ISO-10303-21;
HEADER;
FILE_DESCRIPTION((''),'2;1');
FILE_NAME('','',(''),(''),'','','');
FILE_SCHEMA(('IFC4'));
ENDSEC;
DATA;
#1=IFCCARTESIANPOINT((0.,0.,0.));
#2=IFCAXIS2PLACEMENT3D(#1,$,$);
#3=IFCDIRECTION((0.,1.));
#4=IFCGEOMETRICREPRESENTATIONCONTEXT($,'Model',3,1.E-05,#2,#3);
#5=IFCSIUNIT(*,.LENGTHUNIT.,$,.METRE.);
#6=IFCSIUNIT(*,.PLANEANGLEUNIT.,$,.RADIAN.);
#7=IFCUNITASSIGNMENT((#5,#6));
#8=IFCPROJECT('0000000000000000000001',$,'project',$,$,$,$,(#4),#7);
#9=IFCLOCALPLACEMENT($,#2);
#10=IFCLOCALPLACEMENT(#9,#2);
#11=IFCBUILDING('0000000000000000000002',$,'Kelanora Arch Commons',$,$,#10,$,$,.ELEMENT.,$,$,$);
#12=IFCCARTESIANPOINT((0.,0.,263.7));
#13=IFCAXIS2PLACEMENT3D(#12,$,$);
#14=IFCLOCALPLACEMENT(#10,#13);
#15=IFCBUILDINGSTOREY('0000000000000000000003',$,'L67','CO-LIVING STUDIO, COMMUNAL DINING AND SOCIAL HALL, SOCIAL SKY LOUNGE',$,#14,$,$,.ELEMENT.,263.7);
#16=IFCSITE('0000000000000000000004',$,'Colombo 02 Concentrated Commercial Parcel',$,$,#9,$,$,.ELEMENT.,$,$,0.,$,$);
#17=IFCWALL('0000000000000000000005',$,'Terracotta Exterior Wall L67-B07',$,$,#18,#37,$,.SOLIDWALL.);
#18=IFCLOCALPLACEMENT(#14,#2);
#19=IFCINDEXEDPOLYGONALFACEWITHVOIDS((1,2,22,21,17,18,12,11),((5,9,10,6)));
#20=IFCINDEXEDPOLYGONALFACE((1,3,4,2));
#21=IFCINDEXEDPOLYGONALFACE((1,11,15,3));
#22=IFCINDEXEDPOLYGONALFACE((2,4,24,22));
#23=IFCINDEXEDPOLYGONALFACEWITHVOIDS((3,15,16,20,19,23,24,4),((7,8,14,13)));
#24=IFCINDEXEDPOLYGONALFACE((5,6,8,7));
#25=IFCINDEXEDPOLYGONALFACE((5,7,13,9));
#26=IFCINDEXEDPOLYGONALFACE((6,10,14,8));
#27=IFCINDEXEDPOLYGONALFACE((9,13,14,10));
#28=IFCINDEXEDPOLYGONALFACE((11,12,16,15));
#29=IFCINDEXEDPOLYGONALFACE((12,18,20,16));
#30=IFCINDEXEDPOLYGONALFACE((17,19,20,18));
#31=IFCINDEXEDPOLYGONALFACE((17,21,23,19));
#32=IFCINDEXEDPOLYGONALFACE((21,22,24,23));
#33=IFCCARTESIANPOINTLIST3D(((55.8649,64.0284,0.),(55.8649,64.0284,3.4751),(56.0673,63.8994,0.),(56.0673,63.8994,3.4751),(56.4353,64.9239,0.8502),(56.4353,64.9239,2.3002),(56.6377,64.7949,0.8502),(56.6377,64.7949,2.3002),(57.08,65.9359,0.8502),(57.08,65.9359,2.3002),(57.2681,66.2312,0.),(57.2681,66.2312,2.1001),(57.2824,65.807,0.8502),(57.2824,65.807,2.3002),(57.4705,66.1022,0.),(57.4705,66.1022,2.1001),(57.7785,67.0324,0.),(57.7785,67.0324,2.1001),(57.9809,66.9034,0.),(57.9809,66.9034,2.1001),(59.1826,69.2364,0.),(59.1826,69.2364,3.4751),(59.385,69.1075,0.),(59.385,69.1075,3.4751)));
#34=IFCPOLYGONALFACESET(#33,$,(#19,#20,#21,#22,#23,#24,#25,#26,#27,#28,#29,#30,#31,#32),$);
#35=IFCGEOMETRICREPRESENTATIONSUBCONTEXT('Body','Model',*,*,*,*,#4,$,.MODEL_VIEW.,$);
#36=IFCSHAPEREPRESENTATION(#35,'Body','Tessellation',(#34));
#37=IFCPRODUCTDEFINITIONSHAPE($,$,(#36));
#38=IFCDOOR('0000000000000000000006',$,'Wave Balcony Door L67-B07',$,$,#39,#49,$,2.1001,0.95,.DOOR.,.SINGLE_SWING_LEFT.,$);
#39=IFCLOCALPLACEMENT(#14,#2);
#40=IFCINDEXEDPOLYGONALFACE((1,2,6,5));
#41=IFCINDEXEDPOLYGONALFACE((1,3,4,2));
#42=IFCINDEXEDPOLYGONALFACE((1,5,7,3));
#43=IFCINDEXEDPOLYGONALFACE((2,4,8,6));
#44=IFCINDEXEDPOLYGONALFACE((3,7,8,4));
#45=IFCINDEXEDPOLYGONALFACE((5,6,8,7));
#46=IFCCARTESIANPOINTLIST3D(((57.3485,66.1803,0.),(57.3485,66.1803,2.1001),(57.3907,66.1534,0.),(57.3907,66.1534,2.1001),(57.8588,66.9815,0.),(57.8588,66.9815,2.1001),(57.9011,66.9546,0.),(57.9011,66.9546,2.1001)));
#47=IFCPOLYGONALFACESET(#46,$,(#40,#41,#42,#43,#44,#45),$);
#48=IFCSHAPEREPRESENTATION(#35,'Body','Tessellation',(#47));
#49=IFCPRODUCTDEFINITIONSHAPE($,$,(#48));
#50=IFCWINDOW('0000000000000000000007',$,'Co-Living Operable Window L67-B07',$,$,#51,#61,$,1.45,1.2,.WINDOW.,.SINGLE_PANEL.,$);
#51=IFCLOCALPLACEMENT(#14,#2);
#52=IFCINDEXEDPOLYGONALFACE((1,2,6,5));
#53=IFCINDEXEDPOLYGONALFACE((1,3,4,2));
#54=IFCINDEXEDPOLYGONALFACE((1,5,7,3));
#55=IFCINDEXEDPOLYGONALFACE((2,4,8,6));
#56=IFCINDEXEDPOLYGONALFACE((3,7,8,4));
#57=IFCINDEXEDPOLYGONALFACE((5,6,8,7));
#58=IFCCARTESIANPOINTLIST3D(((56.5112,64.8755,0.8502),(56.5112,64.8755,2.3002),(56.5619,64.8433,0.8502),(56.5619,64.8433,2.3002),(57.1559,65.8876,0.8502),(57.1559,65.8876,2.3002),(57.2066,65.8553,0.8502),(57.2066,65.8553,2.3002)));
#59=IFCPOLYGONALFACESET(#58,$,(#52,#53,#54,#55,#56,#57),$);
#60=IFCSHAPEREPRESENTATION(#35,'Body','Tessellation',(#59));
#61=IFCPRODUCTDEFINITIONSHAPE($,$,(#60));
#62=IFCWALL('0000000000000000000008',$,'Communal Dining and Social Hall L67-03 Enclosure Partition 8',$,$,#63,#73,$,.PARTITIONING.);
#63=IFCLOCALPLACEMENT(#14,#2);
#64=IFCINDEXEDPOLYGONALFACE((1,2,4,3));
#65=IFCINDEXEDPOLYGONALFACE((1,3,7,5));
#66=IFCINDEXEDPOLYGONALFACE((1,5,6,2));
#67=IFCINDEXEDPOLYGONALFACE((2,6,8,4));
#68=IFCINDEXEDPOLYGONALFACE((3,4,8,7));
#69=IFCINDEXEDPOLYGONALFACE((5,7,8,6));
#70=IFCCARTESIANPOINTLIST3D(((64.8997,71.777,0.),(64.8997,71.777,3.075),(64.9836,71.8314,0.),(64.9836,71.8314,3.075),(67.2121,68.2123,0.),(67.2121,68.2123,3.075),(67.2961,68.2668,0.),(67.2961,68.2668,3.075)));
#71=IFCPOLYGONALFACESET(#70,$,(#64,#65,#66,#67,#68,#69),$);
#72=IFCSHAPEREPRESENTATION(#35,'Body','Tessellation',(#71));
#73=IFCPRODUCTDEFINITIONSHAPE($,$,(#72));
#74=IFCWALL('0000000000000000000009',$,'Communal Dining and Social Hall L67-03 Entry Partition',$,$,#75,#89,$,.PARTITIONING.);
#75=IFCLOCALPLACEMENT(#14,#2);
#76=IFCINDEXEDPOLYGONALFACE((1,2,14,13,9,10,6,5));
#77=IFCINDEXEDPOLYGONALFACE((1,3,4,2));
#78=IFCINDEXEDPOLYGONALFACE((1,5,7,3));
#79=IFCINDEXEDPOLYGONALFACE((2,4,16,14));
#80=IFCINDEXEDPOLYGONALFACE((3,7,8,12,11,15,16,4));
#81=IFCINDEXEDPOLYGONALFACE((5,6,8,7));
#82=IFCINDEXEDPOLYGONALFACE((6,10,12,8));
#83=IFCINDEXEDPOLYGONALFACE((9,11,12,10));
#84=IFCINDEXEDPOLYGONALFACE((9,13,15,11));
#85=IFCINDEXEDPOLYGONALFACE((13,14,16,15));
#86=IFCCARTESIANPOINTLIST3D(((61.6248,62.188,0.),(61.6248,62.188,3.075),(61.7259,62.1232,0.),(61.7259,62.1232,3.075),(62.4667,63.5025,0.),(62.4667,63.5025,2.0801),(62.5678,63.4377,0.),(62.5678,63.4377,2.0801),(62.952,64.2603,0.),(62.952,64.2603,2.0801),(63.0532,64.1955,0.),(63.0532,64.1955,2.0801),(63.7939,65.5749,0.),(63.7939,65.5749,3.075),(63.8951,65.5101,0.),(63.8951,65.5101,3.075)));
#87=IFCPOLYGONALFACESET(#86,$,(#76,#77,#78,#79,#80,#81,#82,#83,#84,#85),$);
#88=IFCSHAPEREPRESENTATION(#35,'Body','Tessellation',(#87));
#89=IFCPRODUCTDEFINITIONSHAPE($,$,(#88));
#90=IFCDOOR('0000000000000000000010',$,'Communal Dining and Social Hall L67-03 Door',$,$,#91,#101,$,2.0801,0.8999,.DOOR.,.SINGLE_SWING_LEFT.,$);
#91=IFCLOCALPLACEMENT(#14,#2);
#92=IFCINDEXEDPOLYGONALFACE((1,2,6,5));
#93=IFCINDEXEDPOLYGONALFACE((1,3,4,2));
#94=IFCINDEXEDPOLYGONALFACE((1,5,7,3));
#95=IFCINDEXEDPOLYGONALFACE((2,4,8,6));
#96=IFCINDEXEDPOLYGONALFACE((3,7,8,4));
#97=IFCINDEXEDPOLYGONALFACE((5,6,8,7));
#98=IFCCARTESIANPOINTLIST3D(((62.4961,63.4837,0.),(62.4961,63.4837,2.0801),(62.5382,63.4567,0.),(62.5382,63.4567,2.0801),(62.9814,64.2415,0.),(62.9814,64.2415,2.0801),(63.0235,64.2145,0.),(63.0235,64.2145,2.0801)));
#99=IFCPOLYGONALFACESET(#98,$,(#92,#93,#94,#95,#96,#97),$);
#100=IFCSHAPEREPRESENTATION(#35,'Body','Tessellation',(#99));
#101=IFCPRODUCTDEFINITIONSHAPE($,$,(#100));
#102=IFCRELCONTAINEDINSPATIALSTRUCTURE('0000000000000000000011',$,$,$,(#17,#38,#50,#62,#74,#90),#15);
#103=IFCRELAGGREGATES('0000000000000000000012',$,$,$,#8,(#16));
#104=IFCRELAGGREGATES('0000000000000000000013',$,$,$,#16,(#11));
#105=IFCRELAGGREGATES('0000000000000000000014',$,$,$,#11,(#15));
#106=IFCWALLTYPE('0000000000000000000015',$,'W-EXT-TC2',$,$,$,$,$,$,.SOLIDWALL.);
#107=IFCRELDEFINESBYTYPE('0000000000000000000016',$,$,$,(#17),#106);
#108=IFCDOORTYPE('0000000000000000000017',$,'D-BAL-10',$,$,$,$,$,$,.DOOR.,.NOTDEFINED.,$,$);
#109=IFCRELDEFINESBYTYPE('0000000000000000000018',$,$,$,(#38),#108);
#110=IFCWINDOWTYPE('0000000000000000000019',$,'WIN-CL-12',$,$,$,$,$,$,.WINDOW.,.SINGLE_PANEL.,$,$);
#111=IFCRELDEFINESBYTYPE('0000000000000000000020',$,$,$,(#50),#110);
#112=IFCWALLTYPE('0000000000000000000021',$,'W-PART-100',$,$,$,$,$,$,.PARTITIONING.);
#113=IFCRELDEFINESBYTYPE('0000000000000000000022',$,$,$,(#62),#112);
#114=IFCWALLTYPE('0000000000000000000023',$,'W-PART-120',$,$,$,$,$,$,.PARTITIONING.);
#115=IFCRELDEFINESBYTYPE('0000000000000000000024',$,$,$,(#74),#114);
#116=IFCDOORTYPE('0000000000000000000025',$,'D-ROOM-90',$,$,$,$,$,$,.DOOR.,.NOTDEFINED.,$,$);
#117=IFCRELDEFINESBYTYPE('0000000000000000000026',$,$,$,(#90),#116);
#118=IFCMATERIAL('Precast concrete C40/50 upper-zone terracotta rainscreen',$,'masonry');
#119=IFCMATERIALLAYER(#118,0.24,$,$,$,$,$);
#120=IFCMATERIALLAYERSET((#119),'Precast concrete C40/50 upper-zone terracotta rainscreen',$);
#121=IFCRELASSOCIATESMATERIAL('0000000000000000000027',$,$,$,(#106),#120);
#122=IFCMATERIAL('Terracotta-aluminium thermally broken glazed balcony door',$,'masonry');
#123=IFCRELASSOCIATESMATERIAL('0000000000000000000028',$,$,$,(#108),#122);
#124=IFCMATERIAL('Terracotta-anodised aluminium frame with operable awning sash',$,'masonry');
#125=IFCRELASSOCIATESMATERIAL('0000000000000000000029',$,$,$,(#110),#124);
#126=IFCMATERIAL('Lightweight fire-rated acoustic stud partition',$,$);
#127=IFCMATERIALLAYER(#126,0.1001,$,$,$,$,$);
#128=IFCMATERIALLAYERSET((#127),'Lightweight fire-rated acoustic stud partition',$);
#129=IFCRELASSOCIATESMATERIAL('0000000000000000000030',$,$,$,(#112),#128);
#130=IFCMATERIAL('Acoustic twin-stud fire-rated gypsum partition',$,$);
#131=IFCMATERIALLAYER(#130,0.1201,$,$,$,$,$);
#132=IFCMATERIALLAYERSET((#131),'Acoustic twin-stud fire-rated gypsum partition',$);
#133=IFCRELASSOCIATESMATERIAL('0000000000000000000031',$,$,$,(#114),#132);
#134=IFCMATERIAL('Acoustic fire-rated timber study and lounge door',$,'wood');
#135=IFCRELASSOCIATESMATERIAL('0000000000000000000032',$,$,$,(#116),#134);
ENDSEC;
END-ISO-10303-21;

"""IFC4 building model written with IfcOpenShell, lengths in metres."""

from ifc_helpers import new_model, si_unit, direction, frame, frame_2d, origin, place, context, subcontext, project, spatial, rectangle, extrude, material, layer, layer_set, type_object, element, fill, save


model = new_model("IFC4")

# Units and contexts
model_context = context("Model", 3, precision=1e-05, world=origin(), true_north=direction((0.0, 1.0)))
body_context = subcontext(model_context, "Body", "Model", "MODEL_VIEW")
ifc_project = project(units=[si_unit("LENGTHUNIT", "METRE"), si_unit("PLANEANGLEUNIT", "RADIAN")], contexts=[model_context])

# Site, building, storey
site_placement = place(None, origin())
site = spatial("IfcSite", under=ifc_project, at=site_placement, Name="Colombo 02 Concentrated Commercial Parcel", CompositionType="ELEMENT", RefElevation=0.0)
building_placement = place(site_placement, origin())
building = spatial("IfcBuilding", under=site, at=building_placement, Name="Kelanora Arch Commons", CompositionType="ELEMENT")
storey_placement = place(building_placement, frame((0.0, 0.0, 263.7)))
storey = spatial("IfcBuildingStorey", under=building, at=storey_placement, Name="L67", Description="CO-LIVING STUDIO, COMMUNAL DINING AND SOCIAL HALL, SOCIAL SKY LOUNGE", CompositionType="ELEMENT", Elevation=263.7)

# Shared definitions
ifc_material_1 = material(Name="Precast concrete C40/50 upper-zone terracotta rainscreen", Category="masonry")
ifc_layer_1 = layer(ifc_material_1, 0.24)
ifc_layer_set_1 = layer_set([ifc_layer_1], Name="Precast concrete C40/50 upper-zone terracotta rainscreen")
wall_type_1 = type_object("IfcWallType", Name="W-EXT-TC2", PredefinedType="SOLIDWALL", material=ifc_layer_set_1)

# Wall, openings, door, window
wall_1_placement = place(storey_placement, frame((59.2837, 69.1719, 0.0), z_axis=(0.0, 0.0, 1.0), x_axis=(-0.537272, -0.843409, 0.0)))
wall_1 = element("IfcWall", 1, at=wall_1_placement, inside=storey, type_object=wall_type_1, Name="Terracotta Exterior Wall L67-B07", PredefinedType="SOLIDWALL", context=body_context, shape_type="SweptSolid", body=[
    extrude(rectangle(XDim=6.175, YDim=0.24, at=frame_2d((3.0874, 0.0))), origin(), (0.0, 0.0, 1.0), 3.4751),
])
opening_1_placement = place(wall_1_placement, frame((2.613, 0.0, 0.0)))
opening_1 = element("IfcOpeningElement", 2, at=opening_1_placement, cuts=wall_1, PredefinedType="OPENING", context=body_context, shape_type="SweptSolid", body=[
    extrude(rectangle(XDim=0.95, YDim=2.1001, at=frame_2d((0.4751, 1.05))), frame((0.0, 0.1299, 0.0), z_axis=(0.0, -1.0, 0.0), x_axis=(1.0, 0.0, 0.0)), (0.0, 0.0, 1.0), 0.26),
])
opening_2_placement = place(wall_1_placement, frame((3.9131, 0.0, 0.8501)))
opening_2 = element("IfcOpeningElement", 3, at=opening_2_placement, cuts=wall_1, PredefinedType="OPENING", context=body_context, shape_type="SweptSolid", body=[
    extrude(rectangle(XDim=1.2, YDim=1.45, at=frame_2d((0.6001, 0.7251))), frame((0.0, 0.1299, 0.0), z_axis=(0.0, -1.0, 0.0), x_axis=(1.0, 0.0, 0.0)), (0.0, 0.0, 1.0), 0.26),
])
ifc_material_2 = material(Name="Terracotta-aluminium thermally broken glazed balcony door", Category="masonry")
door_type_1 = type_object("IfcDoorType", Name="D-BAL-10", OperationType="NOTDEFINED", PredefinedType="DOOR", material=ifc_material_2)
door_1_placement = place(opening_1_placement, frame((0.95, 0.0, 0.0), z_axis=(0.0, 0.0, 1.0), x_axis=(-1.0, 0.0, 0.0)))
door_1 = element("IfcDoor", 4, at=door_1_placement, inside=storey, type_object=door_type_1, Name="Wave Balcony Door L67-B07", OperationType="SINGLE_SWING_LEFT", OverallHeight=2.1001, OverallWidth=0.95, PredefinedType="DOOR", context=body_context, shape_type="SweptSolid", body=[
    extrude(rectangle(XDim=0.95, YDim=2.1001, at=frame_2d((0.4751, 1.05))), frame((0.0, 0.0249, 0.0), z_axis=(0.0, -1.0, 0.0), x_axis=(1.0, 0.0, 0.0)), (0.0, 0.0, 1.0), 0.05),
])
fill(opening_1, door_1)
ifc_material_3 = material(Name="Terracotta-anodised aluminium frame with operable awning sash", Category="masonry")
window_type_1 = type_object("IfcWindowType", Name="WIN-CL-12", PartitioningType="SINGLE_PANEL", PredefinedType="WINDOW", material=ifc_material_3)
window_1_placement = place(opening_2_placement, origin())
window_1 = element("IfcWindow", 5, at=window_1_placement, inside=storey, type_object=window_type_1, Name="Co-Living Operable Window L67-B07", OverallHeight=1.45, OverallWidth=1.2, PartitioningType="SINGLE_PANEL", PredefinedType="WINDOW", context=body_context, shape_type="SweptSolid", body=[
    extrude(rectangle(XDim=1.2, YDim=1.45, at=frame_2d((0.6001, 0.7251))), frame((0.0, 0.03, 0.0), z_axis=(0.0, -1.0, 0.0), x_axis=(1.0, 0.0, 0.0)), (0.0, 0.0, 1.0), 0.0601),
])
fill(opening_2, window_1)

# Wall
ifc_material_4 = material(Name="Lightweight fire-rated acoustic stud partition")
ifc_layer_2 = layer(ifc_material_4, 0.1001)
ifc_layer_set_2 = layer_set([ifc_layer_2], Name="Lightweight fire-rated acoustic stud partition")
wall_type_2 = type_object("IfcWallType", Name="W-PART-100", PredefinedType="PARTITIONING", material=ifc_layer_set_2)
wall_2_placement = place(storey_placement, frame((64.9417, 71.8042, 0.0), z_axis=(0.0, 0.0, 1.0), x_axis=(0.544235, -0.838933, 0.0)))
element("IfcWall", 6, at=wall_2_placement, inside=storey, type_object=wall_type_2, Name="Communal Dining and Social Hall L67-03 Enclosure Partition 8", PredefinedType="PARTITIONING", context=body_context, shape_type="SweptSolid", body=[
    extrude(rectangle(XDim=4.249, YDim=0.1001, at=frame_2d((2.1245, 0.0))), origin(), (0.0, 0.0, 1.0), 3.075),
])

# Wall, opening, door
ifc_material_5 = material(Name="Acoustic twin-stud fire-rated gypsum partition")
ifc_layer_3 = layer(ifc_material_5, 0.1201)
ifc_layer_set_3 = layer_set([ifc_layer_3], Name="Acoustic twin-stud fire-rated gypsum partition")
wall_type_3 = type_object("IfcWallType", Name="W-PART-120", PredefinedType="PARTITIONING", material=ifc_layer_set_3)
wall_3_placement = place(storey_placement, frame((63.8445, 65.5425, 0.0), z_axis=(0.0, 0.0, 1.0), x_axis=(-0.539324, -0.842098, 0.0)))
wall_3 = element("IfcWall", 7, at=wall_3_placement, inside=storey, type_object=wall_type_3, Name="Communal Dining and Social Hall L67-03 Entry Partition", PredefinedType="PARTITIONING", context=body_context, shape_type="SweptSolid", body=[
    extrude(rectangle(XDim=4.022, YDim=0.1201, at=frame_2d((2.011, 0.0))), origin(), (0.0, 0.0, 1.0), 3.075),
])
opening_3_placement = place(wall_3_placement, frame((1.561, 0.0, 0.0)))
opening_3 = element("IfcOpeningElement", 8, at=opening_3_placement, cuts=wall_3, PredefinedType="OPENING", context=body_context, shape_type="SweptSolid", body=[
    extrude(rectangle(XDim=0.8999, YDim=2.0801, at=frame_2d((0.45, 1.04))), frame((0.0, 0.0701, 0.0), z_axis=(0.0, -1.0, 0.0), x_axis=(1.0, 0.0, 0.0)), (0.0, 0.0, 1.0), 0.1401),
])
ifc_material_6 = material(Name="Acoustic fire-rated timber study and lounge door", Category="wood")
door_type_2 = type_object("IfcDoorType", Name="D-ROOM-90", OperationType="NOTDEFINED", PredefinedType="DOOR", material=ifc_material_6)
door_2_placement = place(opening_3_placement, origin())
door_2 = element("IfcDoor", 9, at=door_2_placement, inside=storey, type_object=door_type_2, Name="Communal Dining and Social Hall L67-03 Door", OperationType="SINGLE_SWING_LEFT", OverallHeight=2.0801, OverallWidth=0.8999, PredefinedType="DOOR", context=body_context, shape_type="SweptSolid", body=[
    extrude(rectangle(XDim=0.8999, YDim=2.0801, at=frame_2d((0.45, 1.04))), frame((0.0, 0.0249, 0.0), z_axis=(0.0, -1.0, 0.0), x_axis=(1.0, 0.0, 0.0)), (0.0, 0.0, 1.0), 0.05),
])
fill(opening_3, door_2)

save(model, "model.ifc")
